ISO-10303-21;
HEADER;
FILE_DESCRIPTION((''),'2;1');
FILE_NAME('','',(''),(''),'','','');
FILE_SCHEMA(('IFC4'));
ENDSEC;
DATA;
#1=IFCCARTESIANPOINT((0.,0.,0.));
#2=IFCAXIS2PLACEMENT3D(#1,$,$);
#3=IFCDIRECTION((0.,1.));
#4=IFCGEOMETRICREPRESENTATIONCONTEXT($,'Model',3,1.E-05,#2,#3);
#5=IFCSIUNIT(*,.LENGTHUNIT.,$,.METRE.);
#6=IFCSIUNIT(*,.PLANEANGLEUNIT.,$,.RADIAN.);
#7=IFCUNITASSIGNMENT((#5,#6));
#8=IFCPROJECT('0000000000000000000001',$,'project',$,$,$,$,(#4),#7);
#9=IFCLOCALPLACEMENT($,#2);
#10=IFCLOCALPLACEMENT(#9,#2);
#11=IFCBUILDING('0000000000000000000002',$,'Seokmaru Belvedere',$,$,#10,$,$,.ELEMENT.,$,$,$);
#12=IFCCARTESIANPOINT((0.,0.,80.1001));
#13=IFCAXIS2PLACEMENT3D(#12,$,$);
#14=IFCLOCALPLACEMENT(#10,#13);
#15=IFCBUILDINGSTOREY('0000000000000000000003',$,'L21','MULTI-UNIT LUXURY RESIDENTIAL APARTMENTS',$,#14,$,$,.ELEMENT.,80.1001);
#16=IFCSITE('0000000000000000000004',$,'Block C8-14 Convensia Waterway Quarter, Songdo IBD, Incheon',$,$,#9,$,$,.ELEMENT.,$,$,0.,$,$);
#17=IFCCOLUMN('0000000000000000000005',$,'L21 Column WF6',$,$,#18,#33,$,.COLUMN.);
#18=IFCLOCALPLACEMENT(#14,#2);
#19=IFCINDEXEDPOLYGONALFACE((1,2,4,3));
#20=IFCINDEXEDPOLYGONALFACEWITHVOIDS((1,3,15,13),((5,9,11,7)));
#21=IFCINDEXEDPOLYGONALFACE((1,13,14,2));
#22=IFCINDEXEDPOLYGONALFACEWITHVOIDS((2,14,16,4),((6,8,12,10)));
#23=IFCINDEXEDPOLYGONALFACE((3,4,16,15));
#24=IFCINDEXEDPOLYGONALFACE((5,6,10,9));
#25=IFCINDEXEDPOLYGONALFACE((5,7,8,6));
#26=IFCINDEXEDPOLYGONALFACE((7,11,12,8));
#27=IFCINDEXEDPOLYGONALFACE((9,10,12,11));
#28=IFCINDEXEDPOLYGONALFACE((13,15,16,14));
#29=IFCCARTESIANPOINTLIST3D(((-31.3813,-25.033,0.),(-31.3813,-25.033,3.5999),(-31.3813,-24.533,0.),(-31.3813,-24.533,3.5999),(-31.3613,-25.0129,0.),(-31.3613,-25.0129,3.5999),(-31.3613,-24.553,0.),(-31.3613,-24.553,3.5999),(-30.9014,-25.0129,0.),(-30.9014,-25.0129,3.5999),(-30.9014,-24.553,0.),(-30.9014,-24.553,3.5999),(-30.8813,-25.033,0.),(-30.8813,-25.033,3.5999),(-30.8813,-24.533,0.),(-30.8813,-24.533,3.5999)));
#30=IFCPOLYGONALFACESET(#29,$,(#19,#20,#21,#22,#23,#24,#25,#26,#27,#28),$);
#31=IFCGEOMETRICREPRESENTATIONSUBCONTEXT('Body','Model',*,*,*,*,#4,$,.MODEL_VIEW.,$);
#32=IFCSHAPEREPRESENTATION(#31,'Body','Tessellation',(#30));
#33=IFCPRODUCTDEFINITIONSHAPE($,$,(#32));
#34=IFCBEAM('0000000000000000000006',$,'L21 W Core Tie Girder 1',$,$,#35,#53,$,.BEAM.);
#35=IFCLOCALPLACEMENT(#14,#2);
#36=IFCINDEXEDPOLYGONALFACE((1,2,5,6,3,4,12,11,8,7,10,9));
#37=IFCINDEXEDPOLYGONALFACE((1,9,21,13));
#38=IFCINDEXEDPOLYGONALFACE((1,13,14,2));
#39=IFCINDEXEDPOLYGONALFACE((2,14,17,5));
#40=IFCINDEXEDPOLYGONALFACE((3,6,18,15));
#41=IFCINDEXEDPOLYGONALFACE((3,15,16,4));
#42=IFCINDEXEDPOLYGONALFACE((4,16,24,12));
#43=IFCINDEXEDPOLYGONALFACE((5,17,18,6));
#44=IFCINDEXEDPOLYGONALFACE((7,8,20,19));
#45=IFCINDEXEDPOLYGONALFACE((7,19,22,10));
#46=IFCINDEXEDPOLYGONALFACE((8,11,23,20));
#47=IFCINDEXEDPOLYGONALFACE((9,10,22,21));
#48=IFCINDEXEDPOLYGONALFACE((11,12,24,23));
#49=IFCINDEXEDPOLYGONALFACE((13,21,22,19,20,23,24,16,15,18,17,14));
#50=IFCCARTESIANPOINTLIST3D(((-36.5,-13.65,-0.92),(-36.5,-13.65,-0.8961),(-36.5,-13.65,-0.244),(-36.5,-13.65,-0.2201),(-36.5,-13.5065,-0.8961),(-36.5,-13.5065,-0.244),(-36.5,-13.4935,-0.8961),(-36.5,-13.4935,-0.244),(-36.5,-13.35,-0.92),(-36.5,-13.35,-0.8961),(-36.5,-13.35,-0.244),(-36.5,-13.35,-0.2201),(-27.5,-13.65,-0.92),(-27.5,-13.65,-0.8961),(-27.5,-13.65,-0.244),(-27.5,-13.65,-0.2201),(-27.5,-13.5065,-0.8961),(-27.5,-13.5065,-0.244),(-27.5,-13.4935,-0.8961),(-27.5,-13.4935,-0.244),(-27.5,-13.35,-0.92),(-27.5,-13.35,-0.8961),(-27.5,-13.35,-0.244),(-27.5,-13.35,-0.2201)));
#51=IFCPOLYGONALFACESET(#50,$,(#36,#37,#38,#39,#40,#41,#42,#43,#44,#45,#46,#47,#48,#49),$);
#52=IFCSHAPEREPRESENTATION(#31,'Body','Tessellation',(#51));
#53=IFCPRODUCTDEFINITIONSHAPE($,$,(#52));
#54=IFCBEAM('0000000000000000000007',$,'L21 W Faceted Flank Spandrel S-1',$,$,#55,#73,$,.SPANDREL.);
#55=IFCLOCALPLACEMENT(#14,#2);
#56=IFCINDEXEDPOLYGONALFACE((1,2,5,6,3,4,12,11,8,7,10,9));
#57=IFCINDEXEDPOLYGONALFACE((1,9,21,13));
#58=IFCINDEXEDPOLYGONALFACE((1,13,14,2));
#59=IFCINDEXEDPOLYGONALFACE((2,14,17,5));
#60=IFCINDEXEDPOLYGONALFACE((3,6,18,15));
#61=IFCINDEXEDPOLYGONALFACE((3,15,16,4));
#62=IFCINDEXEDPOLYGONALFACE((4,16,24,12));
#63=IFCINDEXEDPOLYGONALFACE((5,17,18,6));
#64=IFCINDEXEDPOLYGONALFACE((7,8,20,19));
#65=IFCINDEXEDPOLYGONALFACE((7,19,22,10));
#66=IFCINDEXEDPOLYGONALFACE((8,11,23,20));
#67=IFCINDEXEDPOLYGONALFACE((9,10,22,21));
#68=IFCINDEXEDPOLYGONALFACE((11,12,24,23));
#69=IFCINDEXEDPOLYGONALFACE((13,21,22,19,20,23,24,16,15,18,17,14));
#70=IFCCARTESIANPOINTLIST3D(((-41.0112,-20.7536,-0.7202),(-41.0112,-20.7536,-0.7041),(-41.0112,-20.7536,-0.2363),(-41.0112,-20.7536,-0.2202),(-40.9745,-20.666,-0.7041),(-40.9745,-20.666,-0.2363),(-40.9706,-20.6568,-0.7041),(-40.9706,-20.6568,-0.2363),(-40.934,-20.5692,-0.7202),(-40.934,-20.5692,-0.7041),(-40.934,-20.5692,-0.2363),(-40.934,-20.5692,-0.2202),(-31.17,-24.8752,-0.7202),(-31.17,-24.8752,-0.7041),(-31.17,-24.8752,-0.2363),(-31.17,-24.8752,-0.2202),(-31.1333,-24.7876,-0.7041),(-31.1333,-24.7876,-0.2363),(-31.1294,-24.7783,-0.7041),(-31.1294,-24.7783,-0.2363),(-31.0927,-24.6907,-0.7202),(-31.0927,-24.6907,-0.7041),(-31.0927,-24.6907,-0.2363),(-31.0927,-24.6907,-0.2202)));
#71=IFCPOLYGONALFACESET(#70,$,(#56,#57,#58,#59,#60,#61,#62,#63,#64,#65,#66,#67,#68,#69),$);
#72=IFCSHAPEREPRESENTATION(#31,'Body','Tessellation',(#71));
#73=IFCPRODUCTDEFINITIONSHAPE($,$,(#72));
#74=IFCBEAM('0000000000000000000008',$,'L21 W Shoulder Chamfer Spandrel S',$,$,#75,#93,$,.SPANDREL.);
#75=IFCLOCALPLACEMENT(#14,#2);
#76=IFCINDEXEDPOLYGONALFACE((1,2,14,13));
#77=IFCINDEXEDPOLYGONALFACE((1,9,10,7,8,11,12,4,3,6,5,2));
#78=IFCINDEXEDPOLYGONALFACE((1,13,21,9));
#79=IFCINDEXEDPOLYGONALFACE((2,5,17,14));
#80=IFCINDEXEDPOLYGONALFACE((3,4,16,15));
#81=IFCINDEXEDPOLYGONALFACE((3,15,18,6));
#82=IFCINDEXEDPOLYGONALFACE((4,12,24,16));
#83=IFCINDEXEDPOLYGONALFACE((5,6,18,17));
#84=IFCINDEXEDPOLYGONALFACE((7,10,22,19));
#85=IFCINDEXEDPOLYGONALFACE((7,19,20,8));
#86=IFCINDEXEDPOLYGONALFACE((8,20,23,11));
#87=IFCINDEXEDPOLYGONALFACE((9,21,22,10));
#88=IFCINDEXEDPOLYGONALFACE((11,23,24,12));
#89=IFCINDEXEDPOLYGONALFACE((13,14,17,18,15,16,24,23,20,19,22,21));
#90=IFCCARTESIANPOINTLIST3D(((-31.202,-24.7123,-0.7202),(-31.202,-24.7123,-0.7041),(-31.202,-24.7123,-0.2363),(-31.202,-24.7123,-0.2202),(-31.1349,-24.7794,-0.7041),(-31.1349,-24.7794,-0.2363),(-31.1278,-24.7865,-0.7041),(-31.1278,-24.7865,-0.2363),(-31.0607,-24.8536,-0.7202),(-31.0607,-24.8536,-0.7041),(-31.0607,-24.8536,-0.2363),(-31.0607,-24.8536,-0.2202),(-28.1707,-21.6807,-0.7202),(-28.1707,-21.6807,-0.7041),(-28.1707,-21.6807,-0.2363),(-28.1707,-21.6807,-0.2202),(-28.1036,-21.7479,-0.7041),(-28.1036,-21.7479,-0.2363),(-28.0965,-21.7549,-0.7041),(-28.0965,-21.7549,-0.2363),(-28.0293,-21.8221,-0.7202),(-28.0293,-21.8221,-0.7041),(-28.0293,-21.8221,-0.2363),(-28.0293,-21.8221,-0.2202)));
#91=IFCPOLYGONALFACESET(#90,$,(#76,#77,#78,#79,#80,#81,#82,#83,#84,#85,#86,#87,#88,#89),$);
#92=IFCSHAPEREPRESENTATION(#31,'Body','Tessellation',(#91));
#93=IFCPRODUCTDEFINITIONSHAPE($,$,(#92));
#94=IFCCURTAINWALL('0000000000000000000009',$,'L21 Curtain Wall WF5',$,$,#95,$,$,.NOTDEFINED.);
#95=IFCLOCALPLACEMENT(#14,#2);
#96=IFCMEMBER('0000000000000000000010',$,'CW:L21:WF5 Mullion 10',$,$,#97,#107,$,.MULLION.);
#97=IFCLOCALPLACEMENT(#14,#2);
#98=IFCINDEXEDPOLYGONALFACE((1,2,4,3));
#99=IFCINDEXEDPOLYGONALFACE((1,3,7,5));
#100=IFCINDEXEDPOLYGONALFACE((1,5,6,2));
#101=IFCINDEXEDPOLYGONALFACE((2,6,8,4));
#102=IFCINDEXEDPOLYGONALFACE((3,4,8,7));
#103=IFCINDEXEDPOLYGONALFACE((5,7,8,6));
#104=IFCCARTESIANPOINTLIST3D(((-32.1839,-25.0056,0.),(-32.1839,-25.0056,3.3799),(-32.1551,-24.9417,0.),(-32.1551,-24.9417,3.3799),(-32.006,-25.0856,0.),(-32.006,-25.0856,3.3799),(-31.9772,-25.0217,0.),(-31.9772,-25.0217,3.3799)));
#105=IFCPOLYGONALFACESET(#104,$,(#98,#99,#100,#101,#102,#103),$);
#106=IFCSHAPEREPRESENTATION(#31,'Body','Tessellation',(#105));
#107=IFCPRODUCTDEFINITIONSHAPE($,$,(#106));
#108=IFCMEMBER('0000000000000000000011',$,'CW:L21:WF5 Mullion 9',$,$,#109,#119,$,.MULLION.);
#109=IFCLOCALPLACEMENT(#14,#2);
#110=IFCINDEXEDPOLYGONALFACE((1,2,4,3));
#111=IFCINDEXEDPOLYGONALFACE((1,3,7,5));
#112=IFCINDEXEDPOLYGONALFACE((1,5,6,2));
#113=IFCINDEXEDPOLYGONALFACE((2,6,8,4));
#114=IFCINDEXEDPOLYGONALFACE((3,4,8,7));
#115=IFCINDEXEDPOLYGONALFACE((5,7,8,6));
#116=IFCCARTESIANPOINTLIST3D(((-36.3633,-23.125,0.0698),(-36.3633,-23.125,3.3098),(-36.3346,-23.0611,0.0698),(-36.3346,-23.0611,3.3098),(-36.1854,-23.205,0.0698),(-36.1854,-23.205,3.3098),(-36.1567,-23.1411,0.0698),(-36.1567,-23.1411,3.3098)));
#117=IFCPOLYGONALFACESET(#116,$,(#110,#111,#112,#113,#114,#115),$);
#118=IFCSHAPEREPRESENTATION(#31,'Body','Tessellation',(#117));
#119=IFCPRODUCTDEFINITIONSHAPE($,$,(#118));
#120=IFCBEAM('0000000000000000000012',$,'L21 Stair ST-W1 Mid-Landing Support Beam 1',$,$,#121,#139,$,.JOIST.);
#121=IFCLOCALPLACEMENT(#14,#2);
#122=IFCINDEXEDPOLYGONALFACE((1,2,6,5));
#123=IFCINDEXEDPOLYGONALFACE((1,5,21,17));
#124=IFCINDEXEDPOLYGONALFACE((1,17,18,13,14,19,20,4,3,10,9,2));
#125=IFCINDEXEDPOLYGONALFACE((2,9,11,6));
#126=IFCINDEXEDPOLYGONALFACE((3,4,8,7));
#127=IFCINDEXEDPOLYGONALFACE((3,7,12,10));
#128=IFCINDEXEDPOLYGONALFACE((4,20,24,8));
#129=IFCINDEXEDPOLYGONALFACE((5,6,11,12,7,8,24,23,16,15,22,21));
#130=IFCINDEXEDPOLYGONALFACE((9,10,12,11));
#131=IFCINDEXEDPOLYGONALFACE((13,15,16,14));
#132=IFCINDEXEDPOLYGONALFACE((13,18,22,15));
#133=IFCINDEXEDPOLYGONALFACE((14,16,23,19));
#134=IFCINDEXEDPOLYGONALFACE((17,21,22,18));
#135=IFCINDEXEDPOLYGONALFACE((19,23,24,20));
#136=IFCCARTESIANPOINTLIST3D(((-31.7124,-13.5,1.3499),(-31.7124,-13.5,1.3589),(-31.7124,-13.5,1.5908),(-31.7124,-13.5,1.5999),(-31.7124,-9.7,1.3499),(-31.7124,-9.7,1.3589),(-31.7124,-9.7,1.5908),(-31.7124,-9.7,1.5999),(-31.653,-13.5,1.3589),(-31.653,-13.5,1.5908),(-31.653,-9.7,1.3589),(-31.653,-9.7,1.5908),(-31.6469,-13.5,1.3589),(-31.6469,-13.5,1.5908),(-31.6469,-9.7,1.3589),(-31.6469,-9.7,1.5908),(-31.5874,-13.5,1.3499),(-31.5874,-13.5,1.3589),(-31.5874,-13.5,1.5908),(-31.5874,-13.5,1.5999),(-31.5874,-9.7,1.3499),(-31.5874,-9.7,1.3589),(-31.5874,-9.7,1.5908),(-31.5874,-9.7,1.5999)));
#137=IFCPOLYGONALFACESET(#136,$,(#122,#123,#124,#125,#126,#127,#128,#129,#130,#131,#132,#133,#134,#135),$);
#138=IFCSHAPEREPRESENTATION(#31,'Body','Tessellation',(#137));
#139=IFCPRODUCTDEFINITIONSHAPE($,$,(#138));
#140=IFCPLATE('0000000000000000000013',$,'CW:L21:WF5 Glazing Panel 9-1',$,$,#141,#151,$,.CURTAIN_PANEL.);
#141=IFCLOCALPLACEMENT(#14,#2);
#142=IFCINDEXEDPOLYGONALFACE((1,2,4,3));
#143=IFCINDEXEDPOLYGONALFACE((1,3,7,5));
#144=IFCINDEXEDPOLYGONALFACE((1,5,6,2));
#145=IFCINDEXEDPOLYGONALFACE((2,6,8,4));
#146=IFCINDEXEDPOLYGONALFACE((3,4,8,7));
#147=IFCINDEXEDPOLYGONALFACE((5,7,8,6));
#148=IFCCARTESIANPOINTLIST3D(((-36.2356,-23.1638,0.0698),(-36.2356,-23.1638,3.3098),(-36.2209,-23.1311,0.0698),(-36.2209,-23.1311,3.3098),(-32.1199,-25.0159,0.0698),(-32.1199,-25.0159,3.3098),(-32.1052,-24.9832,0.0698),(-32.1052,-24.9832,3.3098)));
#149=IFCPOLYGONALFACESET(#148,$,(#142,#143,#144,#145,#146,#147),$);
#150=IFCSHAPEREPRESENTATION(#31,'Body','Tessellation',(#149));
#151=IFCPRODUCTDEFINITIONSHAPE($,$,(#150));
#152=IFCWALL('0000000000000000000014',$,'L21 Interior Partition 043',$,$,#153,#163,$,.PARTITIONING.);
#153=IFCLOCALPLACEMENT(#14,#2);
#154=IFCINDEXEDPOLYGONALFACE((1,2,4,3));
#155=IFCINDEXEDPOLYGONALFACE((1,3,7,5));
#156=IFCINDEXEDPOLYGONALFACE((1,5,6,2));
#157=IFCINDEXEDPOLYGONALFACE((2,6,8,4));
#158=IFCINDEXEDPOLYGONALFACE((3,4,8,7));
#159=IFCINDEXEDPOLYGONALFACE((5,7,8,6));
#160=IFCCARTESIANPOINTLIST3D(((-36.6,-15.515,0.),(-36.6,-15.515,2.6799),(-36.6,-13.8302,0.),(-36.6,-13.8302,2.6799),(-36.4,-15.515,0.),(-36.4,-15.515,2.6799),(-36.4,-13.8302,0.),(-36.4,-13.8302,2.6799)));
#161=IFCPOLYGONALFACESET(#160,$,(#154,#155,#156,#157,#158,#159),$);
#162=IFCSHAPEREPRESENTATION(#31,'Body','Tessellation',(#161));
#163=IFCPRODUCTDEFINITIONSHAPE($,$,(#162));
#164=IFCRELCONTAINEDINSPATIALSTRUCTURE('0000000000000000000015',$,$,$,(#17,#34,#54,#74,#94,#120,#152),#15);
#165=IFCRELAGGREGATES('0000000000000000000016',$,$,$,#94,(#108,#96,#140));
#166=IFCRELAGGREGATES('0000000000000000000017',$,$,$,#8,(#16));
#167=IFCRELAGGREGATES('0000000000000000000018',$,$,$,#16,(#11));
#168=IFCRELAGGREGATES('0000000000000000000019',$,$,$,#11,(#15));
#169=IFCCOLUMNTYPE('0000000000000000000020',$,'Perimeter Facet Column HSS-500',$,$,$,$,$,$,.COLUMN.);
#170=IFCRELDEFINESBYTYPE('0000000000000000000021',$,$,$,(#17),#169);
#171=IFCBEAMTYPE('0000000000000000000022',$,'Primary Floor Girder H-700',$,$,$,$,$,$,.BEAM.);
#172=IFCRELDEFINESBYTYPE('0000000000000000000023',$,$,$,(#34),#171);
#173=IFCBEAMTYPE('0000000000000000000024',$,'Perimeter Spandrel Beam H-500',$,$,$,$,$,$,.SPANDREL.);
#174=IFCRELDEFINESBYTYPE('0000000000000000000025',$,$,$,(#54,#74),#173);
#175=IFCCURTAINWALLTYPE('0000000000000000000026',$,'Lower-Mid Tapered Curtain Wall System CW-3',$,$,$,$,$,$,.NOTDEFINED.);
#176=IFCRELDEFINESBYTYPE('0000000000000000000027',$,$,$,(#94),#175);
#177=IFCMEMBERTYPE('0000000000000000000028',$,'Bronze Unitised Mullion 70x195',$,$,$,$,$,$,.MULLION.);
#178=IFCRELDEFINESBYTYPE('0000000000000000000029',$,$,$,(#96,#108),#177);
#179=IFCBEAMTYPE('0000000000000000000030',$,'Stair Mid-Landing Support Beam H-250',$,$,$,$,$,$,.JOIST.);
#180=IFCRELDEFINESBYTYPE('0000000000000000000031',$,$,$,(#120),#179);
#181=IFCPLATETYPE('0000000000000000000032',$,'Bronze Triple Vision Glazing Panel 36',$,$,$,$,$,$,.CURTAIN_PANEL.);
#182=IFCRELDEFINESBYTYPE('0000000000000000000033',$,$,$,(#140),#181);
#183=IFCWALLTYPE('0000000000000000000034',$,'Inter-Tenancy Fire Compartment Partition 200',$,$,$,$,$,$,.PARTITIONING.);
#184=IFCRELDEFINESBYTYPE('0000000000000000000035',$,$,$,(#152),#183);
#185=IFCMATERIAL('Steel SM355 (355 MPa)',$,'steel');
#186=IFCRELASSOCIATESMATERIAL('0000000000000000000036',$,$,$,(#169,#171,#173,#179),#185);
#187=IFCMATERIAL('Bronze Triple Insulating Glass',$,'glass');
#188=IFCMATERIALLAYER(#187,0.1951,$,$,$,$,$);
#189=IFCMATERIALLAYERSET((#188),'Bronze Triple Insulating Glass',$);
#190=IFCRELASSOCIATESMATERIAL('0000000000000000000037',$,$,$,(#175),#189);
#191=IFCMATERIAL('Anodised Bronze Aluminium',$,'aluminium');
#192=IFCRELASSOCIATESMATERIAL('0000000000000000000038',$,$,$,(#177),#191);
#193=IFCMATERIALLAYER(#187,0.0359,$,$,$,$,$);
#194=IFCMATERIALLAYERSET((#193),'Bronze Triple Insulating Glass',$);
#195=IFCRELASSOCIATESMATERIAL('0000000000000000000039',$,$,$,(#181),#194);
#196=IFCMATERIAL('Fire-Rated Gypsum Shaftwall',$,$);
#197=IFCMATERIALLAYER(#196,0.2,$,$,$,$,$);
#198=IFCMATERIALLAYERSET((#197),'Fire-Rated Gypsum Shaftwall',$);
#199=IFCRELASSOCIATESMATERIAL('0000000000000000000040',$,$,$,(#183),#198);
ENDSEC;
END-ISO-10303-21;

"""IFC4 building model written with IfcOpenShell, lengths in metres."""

from ifc_helpers import new_model, si_unit, direction, frame, frame_2d, origin, origin_2d, place, context, subcontext, project, spatial, rectangle, hollow_rectangle, i_section, extrude, source, transform, mapped, material, layer, layer_set, material_profile, profile_set, type_object, type_shapes, element, aggregate, save


model = new_model("IFC4")

# Units and contexts
model_context = context("Model", 3, precision=1e-05, world=origin(), true_north=direction((0.0, 1.0)))
body_context = subcontext(model_context, "Body", "Model", "MODEL_VIEW")
ifc_project = project(units=[si_unit("LENGTHUNIT", "METRE"), si_unit("PLANEANGLEUNIT", "RADIAN")], contexts=[model_context])

# Site, building, storey
site_placement = place(None, origin())
site = spatial("IfcSite", under=ifc_project, at=site_placement, Name="Block C8-14 Convensia Waterway Quarter, Songdo IBD, Incheon", CompositionType="ELEMENT", RefElevation=0.0)
building_placement = place(site_placement, origin())
building = spatial("IfcBuilding", under=site, at=building_placement, Name="Seokmaru Belvedere", CompositionType="ELEMENT")
storey_placement = place(building_placement, frame((0.0, 0.0, 80.1001)))
storey = spatial("IfcBuildingStorey", under=building, at=storey_placement, Name="L21", Description="MULTI-UNIT LUXURY RESIDENTIAL APARTMENTS", CompositionType="ELEMENT", Elevation=80.1001)

# Column
ifc_material_1 = material(Name="Steel SM355 (355 MPa)", Category="steel")
ifc_material_profile_1 = material_profile(ifc_material_1, hollow_rectangle(XDim=0.5, YDim=0.5, WallThickness=0.02, at=origin_2d()), Name="HSS-500x500x20")
ifc_profile_set_1 = profile_set([ifc_material_profile_1], Name="Steel SM355 (355 MPa)")
column_type = type_object("IfcColumnType", Name="Perimeter Facet Column HSS-500", PredefinedType="COLUMN", material=ifc_profile_set_1)
shared_shape_1 = source(origin(), body_context, "Body", "SweptSolid", [
    extrude(hollow_rectangle(XDim=0.5, YDim=0.5, WallThickness=0.02, at=origin_2d()), origin(), (0.0, 0.0, 1.0), 3.5999),
])
type_shapes(column_type, [shared_shape_1])
column_placement = place(storey_placement, frame((-31.1313, -24.783, 0.0), z_axis=(0.0, 0.0, 1.0), x_axis=(1.0, 0.0, 0.0)))
element("IfcColumn", 1, at=column_placement, inside=storey, type_object=column_type, Name="L21 Column WF6", PredefinedType="COLUMN", context=body_context, shape_type="MappedRepresentation", body=[
    mapped(shared_shape_1, transform((0.0, 0.0, 0.0), scale=1.0)),
])

# Beams
ifc_material_profile_2 = material_profile(ifc_material_1, i_section(OverallWidth=0.3, OverallDepth=0.7, WebThickness=0.0129, FlangeThickness=0.0239, at=origin_2d()), Name="H-700x300x13x24")
ifc_profile_set_2 = profile_set([ifc_material_profile_2], Name="Steel SM355 (355 MPa)")
beam_type_1 = type_object("IfcBeamType", Name="Primary Floor Girder H-700", PredefinedType="BEAM", material=ifc_profile_set_2)
shared_shape_2 = source(origin(), body_context, "Body", "SweptSolid", [
    extrude(i_section(OverallWidth=0.3, OverallDepth=0.7, WebThickness=0.0129, FlangeThickness=0.0239, at=origin_2d()), origin(), (0.0, 0.0, 1.0), 9.0),
])
type_shapes(beam_type_1, [shared_shape_2])
beam_1_placement = place(storey_placement, frame((-36.5, -13.5, -0.5701), z_axis=(1.0, 0.0, 0.0), x_axis=(0.0, 1.0, 0.0)))
element("IfcBeam", 2, at=beam_1_placement, inside=storey, type_object=beam_type_1, Name="L21 W Core Tie Girder 1", PredefinedType="BEAM", context=body_context, shape_type="MappedRepresentation", body=[
    mapped(shared_shape_2, transform((0.0, 0.0, 0.0), scale=1.0)),
])
ifc_material_profile_3 = material_profile(ifc_material_1, i_section(OverallWidth=0.2, OverallDepth=0.5, WebThickness=0.01, FlangeThickness=0.0161, at=origin_2d()), Name="H-500x200x10x16")
ifc_profile_set_3 = profile_set([ifc_material_profile_3], Name="Steel SM355 (355 MPa)")
beam_type_2 = type_object("IfcBeamType", Name="Perimeter Spandrel Beam H-500", PredefinedType="SPANDREL", material=ifc_profile_set_3)
shared_shape_3 = source(origin(), body_context, "Body", "SweptSolid", [
    extrude(i_section(OverallWidth=0.2, OverallDepth=0.5, WebThickness=0.01, FlangeThickness=0.0161, at=origin_2d()), origin(), (0.0, 0.0, 1.0), 10.6694),
])
beam_2_placement = place(storey_placement, frame((-31.1313, -24.783, -0.4702), z_axis=(-0.922375, 0.386295, 0.0), x_axis=(-0.386295, -0.922375, 0.0)))
element("IfcBeam", 3, at=beam_2_placement, inside=storey, type_object=beam_type_2, Name="L21 W Faceted Flank Spandrel S-1", PredefinedType="SPANDREL", context=body_context, shape_type="MappedRepresentation", body=[
    mapped(shared_shape_3, transform((0.0, 0.0, 0.0), scale=1.0)),
])
shared_shape_4 = source(origin(), body_context, "Body", "SweptSolid", [
    extrude(i_section(OverallWidth=0.2, OverallDepth=0.5, WebThickness=0.01, FlangeThickness=0.0161, at=origin_2d()), origin(), (0.0, 0.0, 1.0), 4.2871),
])
type_shapes(beam_type_2, [shared_shape_3, shared_shape_4])
beam_3_placement = place(storey_placement, frame((-31.1313, -24.783, -0.4702), z_axis=(0.707078, 0.707135, 0.0), x_axis=(-0.707135, 0.707078, 0.0)))
element("IfcBeam", 4, at=beam_3_placement, inside=storey, type_object=beam_type_2, Name="L21 W Shoulder Chamfer Spandrel S", PredefinedType="SPANDREL", context=body_context, shape_type="MappedRepresentation", body=[
    mapped(shared_shape_4, transform((0.0, 0.0, 0.0), scale=1.0)),
])

# Curtain wall, members
ifc_material_2 = material(Name="Bronze Triple Insulating Glass", Category="glass")
ifc_layer_1 = layer(ifc_material_2, 0.1951)
ifc_layer_set_1 = layer_set([ifc_layer_1], Name="Bronze Triple Insulating Glass")
curtain_wall_type = type_object("IfcCurtainWallType", Name="Lower-Mid Tapered Curtain Wall System CW-3", PredefinedType="NOTDEFINED", material=ifc_layer_set_1)
curtain_wall_placement = place(storey_placement, origin())
curtain_wall = element("IfcCurtainWall", 5, at=curtain_wall_placement, inside=storey, type_object=curtain_wall_type, Name="L21 Curtain Wall WF5", PredefinedType="NOTDEFINED")
ifc_material_3 = material(Name="Anodised Bronze Aluminium", Category="aluminium")
ifc_material_profile_4 = material_profile(ifc_material_3, rectangle(XDim=0.0701, YDim=0.1951, at=origin_2d()), Name="CW-M-70x195")
ifc_profile_set_4 = profile_set([ifc_material_profile_4], Name="Anodised Bronze Aluminium")
member_type = type_object("IfcMemberType", Name="Bronze Unitised Mullion 70x195", PredefinedType="MULLION", material=ifc_profile_set_4)
shared_shape_5 = source(origin(), body_context, "Body", "SweptSolid", [
    extrude(rectangle(XDim=0.0701, YDim=0.1951, at=origin_2d()), origin(), (0.0, 0.0, 1.0), 3.3799),
])
member_1_placement = place(storey_placement, frame((-32.0806, -25.0137, 0.0), z_axis=(0.0, 0.0, 1.0), x_axis=(0.410366, 0.911921, 0.0)))
member_1 = element("IfcMember", 6, at=member_1_placement, type_object=member_type, Name="CW:L21:WF5 Mullion 10", PredefinedType="MULLION", context=body_context, shape_type="MappedRepresentation", body=[
    mapped(shared_shape_5, transform((0.0, 0.0, 0.0), scale=1.0)),
])
shared_shape_6 = source(origin(), body_context, "Body", "SweptSolid", [
    extrude(rectangle(XDim=0.0701, YDim=0.1951, at=origin_2d()), origin(), (0.0, 0.0, 1.0), 3.24),
])
type_shapes(member_type, [shared_shape_5, shared_shape_6])
member_2_placement = place(storey_placement, frame((-36.26, -23.1331, 0.0698), z_axis=(0.0, 0.0, 1.0), x_axis=(0.410366, 0.911921, 0.0)))
member_2 = element("IfcMember", 7, at=member_2_placement, type_object=member_type, Name="CW:L21:WF5 Mullion 9", PredefinedType="MULLION", context=body_context, shape_type="MappedRepresentation", body=[
    mapped(shared_shape_6, transform((0.0, 0.0, 0.0), scale=1.0)),
])

# Beam
ifc_material_profile_5 = material_profile(ifc_material_1, i_section(OverallWidth=0.125, OverallDepth=0.25, WebThickness=0.0061, FlangeThickness=0.009, at=origin_2d()), Name="H-250x125x6x9")
ifc_profile_set_5 = profile_set([ifc_material_profile_5], Name="Steel SM355 (355 MPa)")
beam_type_3 = type_object("IfcBeamType", Name="Stair Mid-Landing Support Beam H-250", PredefinedType="JOIST", material=ifc_profile_set_5)
shared_shape_7 = source(origin(), body_context, "Body", "SweptSolid", [
    extrude(i_section(OverallWidth=0.125, OverallDepth=0.25, WebThickness=0.0061, FlangeThickness=0.009, at=origin_2d()), origin(), (0.0, 0.0, 1.0), 3.8),
])
type_shapes(beam_type_3, [shared_shape_7])
beam_4_placement = place(storey_placement, frame((-31.6499, -13.5, 1.4749), z_axis=(0.0, 1.0, 0.0), x_axis=(-1.0, 0.0, 0.0)))
element("IfcBeam", 8, at=beam_4_placement, inside=storey, type_object=beam_type_3, Name="L21 Stair ST-W1 Mid-Landing Support Beam 1", PredefinedType="JOIST", context=body_context, shape_type="MappedRepresentation", body=[
    mapped(shared_shape_7, transform((0.0, 0.0, 0.0), scale=1.0)),
])

# Plate
ifc_layer_2 = layer(ifc_material_2, 0.0359)
ifc_layer_set_2 = layer_set([ifc_layer_2], Name="Bronze Triple Insulating Glass")
plate_type = type_object("IfcPlateType", Name="Bronze Triple Vision Glazing Panel 36", PredefinedType="CURTAIN_PANEL", material=ifc_layer_set_2)
shared_shape_8 = source(origin(), body_context, "Body", "SweptSolid", [
    extrude(rectangle(XDim=4.5132, YDim=0.0359, at=origin_2d()), origin(), (0.0, 0.0, 1.0), 3.24),
])
type_shapes(plate_type, [shared_shape_8])
plate_placement = place(storey_placement, frame((-34.1704, -24.0735, 0.0698), z_axis=(0.0, 0.0, 1.0), x_axis=(0.911921, -0.410366, 0.0)))
plate = element("IfcPlate", 9, at=plate_placement, type_object=plate_type, Name="CW:L21:WF5 Glazing Panel 9-1", PredefinedType="CURTAIN_PANEL", context=body_context, shape_type="MappedRepresentation", body=[
    mapped(shared_shape_8, transform((0.0, 0.0, 0.0), scale=1.0)),
])
aggregate(curtain_wall, [member_2, member_1, plate])

# Wall
ifc_material_4 = material(Name="Fire-Rated Gypsum Shaftwall")
ifc_layer_3 = layer(ifc_material_4, 0.2)
ifc_layer_set_3 = layer_set([ifc_layer_3], Name="Fire-Rated Gypsum Shaftwall")
wall_type_1 = type_object("IfcWallType", Name="Inter-Tenancy Fire Compartment Partition 200", PredefinedType="PARTITIONING", material=ifc_layer_set_3)
wall_1_placement = place(storey_placement, frame((-36.5, -15.5149, 0.0), z_axis=(0.0, 0.0, 1.0), x_axis=(0.0, 1.0, 0.0)))
element("IfcWall", 10, at=wall_1_placement, inside=storey, type_object=wall_type_1, Name="L21 Interior Partition 043", PredefinedType="PARTITIONING", context=body_context, shape_type="SweptSolid", body=[
    extrude(rectangle(XDim=1.6848, YDim=0.2, at=frame_2d((0.8423, 0.0))), origin(), (0.0, 0.0, 1.0), 2.6799),
])

save(model, "model.ifc")
